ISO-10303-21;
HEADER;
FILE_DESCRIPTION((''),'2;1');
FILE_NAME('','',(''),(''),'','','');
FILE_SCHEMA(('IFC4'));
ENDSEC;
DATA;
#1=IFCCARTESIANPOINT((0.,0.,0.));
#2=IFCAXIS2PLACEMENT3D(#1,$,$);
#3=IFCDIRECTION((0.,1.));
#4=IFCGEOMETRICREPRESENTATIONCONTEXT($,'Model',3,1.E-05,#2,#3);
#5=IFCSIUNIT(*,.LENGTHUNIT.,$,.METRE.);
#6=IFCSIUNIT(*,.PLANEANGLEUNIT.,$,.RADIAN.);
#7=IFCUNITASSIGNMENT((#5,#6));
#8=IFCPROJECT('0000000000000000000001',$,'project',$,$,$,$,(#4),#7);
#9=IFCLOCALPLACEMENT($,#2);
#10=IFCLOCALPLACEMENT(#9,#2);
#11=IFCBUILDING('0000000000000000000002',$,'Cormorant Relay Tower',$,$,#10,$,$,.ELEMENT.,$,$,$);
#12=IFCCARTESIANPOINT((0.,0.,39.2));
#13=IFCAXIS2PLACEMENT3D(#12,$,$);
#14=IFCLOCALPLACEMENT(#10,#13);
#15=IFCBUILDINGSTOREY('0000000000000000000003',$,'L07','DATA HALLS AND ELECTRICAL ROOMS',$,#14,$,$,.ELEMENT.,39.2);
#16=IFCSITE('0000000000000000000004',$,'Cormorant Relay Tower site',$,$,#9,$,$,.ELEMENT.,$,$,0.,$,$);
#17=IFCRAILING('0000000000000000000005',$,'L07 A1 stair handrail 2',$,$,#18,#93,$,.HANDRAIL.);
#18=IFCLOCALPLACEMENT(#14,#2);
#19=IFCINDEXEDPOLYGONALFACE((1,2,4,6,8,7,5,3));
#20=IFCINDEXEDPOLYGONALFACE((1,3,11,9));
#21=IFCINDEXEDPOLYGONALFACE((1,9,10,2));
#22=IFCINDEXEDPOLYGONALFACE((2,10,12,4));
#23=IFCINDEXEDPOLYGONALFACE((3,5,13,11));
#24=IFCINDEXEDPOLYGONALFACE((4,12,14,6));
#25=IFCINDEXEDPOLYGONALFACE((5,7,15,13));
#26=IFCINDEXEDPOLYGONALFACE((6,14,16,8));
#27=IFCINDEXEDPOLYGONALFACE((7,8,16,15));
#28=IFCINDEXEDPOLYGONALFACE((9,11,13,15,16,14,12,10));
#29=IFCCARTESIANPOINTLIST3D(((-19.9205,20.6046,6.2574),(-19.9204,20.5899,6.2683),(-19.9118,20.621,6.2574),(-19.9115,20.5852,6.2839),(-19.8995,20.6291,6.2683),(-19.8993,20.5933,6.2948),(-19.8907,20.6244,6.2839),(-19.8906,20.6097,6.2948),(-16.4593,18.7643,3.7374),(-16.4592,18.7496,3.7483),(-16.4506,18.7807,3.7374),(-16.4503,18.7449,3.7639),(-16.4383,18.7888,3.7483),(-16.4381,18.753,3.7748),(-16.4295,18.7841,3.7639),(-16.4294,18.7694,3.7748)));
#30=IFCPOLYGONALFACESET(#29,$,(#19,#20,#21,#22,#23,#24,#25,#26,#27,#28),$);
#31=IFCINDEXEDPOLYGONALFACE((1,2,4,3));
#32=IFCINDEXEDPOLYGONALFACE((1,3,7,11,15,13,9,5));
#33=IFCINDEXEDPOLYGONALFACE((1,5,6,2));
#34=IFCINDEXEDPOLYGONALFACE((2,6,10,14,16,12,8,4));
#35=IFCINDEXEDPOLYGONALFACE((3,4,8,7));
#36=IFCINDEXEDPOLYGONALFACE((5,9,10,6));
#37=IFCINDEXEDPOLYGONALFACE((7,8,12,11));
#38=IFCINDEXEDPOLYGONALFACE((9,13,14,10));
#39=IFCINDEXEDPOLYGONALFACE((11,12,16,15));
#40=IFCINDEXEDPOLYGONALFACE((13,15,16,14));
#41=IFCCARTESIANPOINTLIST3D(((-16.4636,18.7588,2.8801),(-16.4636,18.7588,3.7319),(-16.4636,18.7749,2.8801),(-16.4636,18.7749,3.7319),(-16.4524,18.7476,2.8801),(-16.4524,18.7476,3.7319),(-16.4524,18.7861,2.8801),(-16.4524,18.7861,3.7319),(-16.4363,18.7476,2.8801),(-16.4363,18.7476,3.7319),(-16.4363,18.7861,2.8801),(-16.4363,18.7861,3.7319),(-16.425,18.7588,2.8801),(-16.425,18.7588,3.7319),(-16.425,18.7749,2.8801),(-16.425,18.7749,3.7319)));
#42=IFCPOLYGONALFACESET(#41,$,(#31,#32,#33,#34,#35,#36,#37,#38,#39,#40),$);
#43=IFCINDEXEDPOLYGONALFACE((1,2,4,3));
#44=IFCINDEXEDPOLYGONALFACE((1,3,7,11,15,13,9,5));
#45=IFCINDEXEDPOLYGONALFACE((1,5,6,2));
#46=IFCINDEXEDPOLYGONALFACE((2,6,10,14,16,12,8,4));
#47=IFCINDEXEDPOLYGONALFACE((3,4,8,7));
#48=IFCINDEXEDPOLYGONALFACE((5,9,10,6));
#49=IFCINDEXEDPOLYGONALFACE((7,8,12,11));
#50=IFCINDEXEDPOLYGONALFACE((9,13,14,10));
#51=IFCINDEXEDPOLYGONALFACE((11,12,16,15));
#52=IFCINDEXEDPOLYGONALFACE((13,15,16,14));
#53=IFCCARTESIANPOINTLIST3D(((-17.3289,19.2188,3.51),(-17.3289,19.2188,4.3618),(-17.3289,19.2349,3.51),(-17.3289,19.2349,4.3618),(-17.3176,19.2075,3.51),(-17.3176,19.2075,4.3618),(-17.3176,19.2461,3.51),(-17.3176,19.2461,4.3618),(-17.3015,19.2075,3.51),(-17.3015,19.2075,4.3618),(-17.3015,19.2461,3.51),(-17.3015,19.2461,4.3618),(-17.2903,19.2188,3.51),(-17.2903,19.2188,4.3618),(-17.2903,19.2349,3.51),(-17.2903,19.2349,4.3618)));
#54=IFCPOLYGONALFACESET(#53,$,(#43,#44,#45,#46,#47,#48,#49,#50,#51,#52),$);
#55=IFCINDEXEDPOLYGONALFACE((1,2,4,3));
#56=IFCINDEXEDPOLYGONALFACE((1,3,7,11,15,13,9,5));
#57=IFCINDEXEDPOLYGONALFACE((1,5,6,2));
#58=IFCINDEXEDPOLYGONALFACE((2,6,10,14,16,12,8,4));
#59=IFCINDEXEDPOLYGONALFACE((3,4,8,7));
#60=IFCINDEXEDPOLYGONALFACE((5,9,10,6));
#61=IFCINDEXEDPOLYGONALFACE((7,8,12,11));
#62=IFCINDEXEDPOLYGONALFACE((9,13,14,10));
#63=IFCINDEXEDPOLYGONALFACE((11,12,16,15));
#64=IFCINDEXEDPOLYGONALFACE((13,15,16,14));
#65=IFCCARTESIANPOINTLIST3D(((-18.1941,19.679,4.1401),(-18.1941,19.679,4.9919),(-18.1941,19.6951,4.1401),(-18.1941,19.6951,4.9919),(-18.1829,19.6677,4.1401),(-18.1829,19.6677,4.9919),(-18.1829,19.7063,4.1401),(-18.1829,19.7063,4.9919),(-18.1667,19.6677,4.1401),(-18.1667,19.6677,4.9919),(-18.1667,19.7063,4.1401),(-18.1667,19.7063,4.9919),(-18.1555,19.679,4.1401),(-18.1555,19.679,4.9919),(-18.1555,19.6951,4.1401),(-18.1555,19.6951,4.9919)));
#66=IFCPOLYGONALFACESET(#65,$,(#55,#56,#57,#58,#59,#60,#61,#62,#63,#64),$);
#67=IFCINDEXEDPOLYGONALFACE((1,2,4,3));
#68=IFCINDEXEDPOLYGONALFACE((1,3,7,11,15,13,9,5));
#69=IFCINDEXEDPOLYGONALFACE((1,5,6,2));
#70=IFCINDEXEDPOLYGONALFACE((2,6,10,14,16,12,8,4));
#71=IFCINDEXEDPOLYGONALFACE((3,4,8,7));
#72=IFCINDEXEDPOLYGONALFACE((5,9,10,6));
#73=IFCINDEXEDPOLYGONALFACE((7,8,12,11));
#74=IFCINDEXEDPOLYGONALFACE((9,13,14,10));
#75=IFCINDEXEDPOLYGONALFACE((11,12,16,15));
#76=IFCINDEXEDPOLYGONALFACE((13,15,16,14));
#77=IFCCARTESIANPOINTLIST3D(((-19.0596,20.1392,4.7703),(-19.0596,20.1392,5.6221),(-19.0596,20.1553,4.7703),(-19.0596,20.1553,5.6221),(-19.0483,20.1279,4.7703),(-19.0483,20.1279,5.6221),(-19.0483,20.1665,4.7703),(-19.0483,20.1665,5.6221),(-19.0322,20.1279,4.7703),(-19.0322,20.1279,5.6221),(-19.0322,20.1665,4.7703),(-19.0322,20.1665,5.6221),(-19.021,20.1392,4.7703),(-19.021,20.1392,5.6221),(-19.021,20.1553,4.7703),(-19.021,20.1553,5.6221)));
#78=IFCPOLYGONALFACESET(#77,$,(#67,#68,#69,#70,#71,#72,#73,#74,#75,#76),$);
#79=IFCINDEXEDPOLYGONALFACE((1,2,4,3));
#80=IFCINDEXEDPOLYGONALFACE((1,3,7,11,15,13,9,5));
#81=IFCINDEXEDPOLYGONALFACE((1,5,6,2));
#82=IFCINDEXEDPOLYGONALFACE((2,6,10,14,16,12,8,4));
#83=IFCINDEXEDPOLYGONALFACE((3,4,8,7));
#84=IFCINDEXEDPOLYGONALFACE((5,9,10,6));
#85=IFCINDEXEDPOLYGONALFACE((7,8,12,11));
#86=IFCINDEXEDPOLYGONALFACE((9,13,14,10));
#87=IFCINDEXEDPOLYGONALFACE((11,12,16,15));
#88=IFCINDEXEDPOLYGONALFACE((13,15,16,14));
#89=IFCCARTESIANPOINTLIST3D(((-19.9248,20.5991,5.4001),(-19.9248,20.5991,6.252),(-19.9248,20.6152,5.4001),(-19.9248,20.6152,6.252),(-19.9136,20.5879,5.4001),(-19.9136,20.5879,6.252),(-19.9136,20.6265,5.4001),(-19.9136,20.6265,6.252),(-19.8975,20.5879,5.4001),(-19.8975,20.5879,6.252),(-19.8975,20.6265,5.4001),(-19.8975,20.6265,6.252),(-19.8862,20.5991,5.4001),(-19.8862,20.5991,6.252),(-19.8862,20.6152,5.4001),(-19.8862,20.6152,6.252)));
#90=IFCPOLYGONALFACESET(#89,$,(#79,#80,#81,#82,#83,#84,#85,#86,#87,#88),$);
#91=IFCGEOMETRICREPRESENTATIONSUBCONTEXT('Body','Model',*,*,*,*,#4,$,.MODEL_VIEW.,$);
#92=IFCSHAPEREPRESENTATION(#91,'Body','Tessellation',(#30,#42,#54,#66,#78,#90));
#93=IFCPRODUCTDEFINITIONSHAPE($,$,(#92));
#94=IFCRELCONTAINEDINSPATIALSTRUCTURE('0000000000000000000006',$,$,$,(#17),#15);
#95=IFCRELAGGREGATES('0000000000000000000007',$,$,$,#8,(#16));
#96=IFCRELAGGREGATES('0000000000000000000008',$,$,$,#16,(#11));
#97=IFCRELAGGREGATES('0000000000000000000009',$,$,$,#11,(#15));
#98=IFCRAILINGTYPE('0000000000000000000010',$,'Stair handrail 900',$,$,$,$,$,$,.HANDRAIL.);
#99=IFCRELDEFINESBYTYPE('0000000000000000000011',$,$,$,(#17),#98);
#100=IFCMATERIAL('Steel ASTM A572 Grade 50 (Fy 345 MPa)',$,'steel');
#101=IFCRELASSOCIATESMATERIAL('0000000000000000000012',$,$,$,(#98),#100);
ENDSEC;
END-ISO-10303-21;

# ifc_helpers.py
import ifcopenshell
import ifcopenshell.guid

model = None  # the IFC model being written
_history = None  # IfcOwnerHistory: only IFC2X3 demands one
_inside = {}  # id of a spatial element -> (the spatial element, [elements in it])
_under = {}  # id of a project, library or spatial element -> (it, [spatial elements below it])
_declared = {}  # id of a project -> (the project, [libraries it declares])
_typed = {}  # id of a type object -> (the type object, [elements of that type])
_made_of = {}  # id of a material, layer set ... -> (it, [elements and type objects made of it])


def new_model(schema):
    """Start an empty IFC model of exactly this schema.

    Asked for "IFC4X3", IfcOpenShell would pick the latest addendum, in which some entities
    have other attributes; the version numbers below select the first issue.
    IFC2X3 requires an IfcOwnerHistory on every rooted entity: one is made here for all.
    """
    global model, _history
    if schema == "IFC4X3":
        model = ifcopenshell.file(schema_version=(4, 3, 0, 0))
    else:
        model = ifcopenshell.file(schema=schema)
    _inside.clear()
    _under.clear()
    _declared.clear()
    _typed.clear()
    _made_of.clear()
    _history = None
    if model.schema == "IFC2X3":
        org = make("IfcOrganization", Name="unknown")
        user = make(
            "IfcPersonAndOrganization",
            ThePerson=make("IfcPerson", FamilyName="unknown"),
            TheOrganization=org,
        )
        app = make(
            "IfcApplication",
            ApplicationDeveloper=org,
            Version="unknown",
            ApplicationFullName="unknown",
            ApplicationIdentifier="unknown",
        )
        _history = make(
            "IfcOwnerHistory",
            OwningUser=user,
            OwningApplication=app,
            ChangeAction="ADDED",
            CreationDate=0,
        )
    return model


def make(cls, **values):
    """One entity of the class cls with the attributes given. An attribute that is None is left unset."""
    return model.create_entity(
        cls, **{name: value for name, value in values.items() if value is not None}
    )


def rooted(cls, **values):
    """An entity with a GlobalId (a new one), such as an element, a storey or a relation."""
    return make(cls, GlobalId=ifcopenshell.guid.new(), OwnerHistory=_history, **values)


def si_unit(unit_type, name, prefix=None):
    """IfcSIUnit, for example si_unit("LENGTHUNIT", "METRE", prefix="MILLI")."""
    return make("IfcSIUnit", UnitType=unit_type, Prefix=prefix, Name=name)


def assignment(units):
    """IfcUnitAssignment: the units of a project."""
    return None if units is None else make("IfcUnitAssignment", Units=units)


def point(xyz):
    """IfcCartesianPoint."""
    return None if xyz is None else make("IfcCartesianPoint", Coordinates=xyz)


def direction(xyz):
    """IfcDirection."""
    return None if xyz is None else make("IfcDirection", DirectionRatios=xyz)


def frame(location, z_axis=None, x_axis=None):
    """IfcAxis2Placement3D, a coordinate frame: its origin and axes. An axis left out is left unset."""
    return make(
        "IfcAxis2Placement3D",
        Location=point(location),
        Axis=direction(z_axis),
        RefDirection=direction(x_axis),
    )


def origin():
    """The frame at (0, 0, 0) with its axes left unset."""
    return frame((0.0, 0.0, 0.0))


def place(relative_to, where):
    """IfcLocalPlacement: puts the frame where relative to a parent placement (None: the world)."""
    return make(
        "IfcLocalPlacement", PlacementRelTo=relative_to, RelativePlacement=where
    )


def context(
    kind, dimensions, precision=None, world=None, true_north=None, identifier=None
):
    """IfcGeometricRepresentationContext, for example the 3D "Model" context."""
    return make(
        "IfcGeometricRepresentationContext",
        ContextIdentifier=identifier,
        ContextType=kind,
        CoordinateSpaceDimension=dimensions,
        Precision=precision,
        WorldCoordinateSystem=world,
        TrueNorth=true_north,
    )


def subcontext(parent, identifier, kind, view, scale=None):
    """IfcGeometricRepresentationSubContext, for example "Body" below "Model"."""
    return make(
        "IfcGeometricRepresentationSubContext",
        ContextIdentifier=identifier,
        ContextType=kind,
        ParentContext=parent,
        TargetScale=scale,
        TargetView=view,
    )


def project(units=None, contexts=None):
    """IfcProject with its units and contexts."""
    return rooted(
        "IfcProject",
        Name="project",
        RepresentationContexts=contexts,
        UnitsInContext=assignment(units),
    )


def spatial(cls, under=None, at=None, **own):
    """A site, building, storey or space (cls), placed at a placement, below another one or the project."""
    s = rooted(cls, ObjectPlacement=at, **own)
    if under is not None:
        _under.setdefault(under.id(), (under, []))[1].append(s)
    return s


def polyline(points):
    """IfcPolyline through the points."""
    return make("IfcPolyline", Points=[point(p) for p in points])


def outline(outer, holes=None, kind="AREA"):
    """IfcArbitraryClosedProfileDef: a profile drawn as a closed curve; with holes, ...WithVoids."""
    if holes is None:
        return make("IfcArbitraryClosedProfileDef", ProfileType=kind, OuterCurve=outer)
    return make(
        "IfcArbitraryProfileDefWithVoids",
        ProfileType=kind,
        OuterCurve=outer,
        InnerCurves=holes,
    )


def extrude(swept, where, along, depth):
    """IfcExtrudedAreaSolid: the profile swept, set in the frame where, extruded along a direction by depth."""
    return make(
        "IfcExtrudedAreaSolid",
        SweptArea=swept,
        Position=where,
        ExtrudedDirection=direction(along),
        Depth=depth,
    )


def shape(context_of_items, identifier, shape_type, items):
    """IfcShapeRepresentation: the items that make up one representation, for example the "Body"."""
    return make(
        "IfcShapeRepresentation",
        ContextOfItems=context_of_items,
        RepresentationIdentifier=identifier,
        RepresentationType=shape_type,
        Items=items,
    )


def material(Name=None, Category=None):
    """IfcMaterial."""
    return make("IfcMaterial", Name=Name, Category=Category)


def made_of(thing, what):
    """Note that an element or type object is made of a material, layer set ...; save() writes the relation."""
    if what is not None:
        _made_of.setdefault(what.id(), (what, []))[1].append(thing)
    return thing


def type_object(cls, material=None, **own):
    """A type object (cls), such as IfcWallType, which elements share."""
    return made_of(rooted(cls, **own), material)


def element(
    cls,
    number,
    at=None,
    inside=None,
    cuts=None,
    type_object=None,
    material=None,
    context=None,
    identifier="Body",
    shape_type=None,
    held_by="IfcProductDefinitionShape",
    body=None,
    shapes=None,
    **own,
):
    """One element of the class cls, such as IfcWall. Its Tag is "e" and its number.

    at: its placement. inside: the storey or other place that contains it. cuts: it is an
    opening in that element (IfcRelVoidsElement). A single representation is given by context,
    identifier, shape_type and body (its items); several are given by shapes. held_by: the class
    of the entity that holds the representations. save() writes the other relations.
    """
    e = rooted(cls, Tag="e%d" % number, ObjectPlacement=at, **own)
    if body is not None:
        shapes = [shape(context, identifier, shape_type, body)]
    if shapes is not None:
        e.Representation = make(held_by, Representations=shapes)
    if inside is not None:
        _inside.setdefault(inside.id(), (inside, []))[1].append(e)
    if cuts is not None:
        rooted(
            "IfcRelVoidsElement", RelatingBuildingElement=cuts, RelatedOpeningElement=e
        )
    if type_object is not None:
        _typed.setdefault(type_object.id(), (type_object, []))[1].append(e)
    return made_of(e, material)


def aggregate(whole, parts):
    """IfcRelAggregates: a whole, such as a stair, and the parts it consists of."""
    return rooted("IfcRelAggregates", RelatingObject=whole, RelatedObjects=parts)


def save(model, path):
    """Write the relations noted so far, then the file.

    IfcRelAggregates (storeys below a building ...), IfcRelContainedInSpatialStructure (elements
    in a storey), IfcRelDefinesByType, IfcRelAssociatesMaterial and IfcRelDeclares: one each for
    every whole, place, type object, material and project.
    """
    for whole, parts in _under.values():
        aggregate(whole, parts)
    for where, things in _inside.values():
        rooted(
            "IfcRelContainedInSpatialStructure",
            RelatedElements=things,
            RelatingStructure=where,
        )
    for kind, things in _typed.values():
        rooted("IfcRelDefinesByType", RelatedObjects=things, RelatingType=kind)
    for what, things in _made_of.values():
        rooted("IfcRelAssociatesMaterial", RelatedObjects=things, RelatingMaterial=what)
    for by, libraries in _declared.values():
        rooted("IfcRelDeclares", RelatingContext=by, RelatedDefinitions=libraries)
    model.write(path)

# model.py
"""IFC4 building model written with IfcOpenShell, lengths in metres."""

from ifc_helpers import new_model, si_unit, direction, frame, origin, place, context, subcontext, project, spatial, polyline, outline, extrude, material, type_object, element, save


model = new_model("IFC4")

# Units and contexts
model_context = context("Model", 3, precision=1e-05, world=origin(), true_north=direction((0.0, 1.0)))
body_context = subcontext(model_context, "Body", "Model", "MODEL_VIEW")
ifc_project = project(units=[si_unit("LENGTHUNIT", "METRE"), si_unit("PLANEANGLEUNIT", "RADIAN")], contexts=[model_context])

# Site, building, storey
site_placement = place(None, origin())
site = spatial("IfcSite", under=ifc_project, at=site_placement, Name="Cormorant Relay Tower site", CompositionType="ELEMENT", RefElevation=0.0)
building_placement = place(site_placement, origin())
building = spatial("IfcBuilding", under=site, at=building_placement, Name="Cormorant Relay Tower", CompositionType="ELEMENT")
storey_placement = place(building_placement, frame((0.0, 0.0, 39.2)))
storey = spatial("IfcBuildingStorey", under=building, at=storey_placement, Name="L07", Description="DATA HALLS AND ELECTRICAL ROOMS", CompositionType="ELEMENT", Elevation=39.2)

# Railing
ifc_material_1 = material(Name="Steel ASTM A572 Grade 50 (Fy 345 MPa)", Category="steel")
railing_type_1 = type_object("IfcRailingType", Name="Stair handrail 900", PredefinedType="HANDRAIL", material=ifc_material_1)
railing_1_placement = place(storey_placement, frame((-16.4443, 18.7668, 2.8801)))
element("IfcRailing", 1, at=railing_1_placement, inside=storey, type_object=railing_type_1, Name="L07 A1 stair handrail 2", PredefinedType="HANDRAIL", context=body_context, shape_type="SweptSolid", body=[
    extrude(outline(polyline([(0.0222, 0.0093), (0.0093, 0.0222), (-0.0093, 0.0222), (-0.0222, 0.0093), (-0.0222, -0.0093), (-0.0093, -0.0222), (0.0093, -0.0222), (0.0222, -0.0093), (0.0222, 0.0093)])), frame((0.0, 0.0, 0.876), z_axis=(-0.742717, 0.394907, 0.540758), x_axis=(-0.469469, -0.882949, 0.0)), (0.0, 0.0, 1.0), 4.6602),
    extrude(outline(polyline([(0.0193, 0.0081), (0.0081, 0.0193), (-0.0081, 0.0193), (-0.0193, 0.0081), (-0.0193, -0.0081), (-0.0081, -0.0193), (0.0081, -0.0193), (0.0193, -0.0081), (0.0193, 0.0081)])), origin(), (0.0, 0.0, 1.0), 0.8518),
    extrude(outline(polyline([(0.0193, 0.0081), (0.0081, 0.0193), (-0.0081, 0.0193), (-0.0193, 0.0081), (-0.0193, -0.0081), (-0.0081, -0.0193), (0.0081, -0.0193), (0.0193, -0.0081), (0.0193, 0.0081)])), frame((-0.8652, 0.46, 0.6299)), (0.0, 0.0, 1.0), 0.8518),
    extrude(outline(polyline([(0.0193, 0.0081), (0.0081, 0.0193), (-0.0081, 0.0193), (-0.0193, 0.0081), (-0.0193, -0.0081), (-0.0081, -0.0193), (0.0081, -0.0193), (0.0193, -0.0081), (0.0193, 0.0081)])), frame((-1.7305, 0.9202, 1.26)), (0.0, 0.0, 1.0), 0.8518),
    extrude(outline(polyline([(0.0193, 0.0081), (0.0081, 0.0193), (-0.0081, 0.0193), (-0.0193, 0.0081), (-0.0193, -0.0081), (-0.0081, -0.0193), (0.0081, -0.0193), (0.0193, -0.0081), (0.0193, 0.0081)])), frame((-2.5959, 1.3804, 1.8901)), (0.0, 0.0, 1.0), 0.8518),
    extrude(outline(polyline([(0.0193, 0.0081), (0.0081, 0.0193), (-0.0081, 0.0193), (-0.0193, 0.0081), (-0.0193, -0.0081), (-0.0081, -0.0193), (0.0081, -0.0193), (0.0193, -0.0081), (0.0193, 0.0081)])), frame((-3.4612, 1.8403, 2.52)), (0.0, 0.0, 1.0), 0.8518),
])

save(model, "model.ifc")
